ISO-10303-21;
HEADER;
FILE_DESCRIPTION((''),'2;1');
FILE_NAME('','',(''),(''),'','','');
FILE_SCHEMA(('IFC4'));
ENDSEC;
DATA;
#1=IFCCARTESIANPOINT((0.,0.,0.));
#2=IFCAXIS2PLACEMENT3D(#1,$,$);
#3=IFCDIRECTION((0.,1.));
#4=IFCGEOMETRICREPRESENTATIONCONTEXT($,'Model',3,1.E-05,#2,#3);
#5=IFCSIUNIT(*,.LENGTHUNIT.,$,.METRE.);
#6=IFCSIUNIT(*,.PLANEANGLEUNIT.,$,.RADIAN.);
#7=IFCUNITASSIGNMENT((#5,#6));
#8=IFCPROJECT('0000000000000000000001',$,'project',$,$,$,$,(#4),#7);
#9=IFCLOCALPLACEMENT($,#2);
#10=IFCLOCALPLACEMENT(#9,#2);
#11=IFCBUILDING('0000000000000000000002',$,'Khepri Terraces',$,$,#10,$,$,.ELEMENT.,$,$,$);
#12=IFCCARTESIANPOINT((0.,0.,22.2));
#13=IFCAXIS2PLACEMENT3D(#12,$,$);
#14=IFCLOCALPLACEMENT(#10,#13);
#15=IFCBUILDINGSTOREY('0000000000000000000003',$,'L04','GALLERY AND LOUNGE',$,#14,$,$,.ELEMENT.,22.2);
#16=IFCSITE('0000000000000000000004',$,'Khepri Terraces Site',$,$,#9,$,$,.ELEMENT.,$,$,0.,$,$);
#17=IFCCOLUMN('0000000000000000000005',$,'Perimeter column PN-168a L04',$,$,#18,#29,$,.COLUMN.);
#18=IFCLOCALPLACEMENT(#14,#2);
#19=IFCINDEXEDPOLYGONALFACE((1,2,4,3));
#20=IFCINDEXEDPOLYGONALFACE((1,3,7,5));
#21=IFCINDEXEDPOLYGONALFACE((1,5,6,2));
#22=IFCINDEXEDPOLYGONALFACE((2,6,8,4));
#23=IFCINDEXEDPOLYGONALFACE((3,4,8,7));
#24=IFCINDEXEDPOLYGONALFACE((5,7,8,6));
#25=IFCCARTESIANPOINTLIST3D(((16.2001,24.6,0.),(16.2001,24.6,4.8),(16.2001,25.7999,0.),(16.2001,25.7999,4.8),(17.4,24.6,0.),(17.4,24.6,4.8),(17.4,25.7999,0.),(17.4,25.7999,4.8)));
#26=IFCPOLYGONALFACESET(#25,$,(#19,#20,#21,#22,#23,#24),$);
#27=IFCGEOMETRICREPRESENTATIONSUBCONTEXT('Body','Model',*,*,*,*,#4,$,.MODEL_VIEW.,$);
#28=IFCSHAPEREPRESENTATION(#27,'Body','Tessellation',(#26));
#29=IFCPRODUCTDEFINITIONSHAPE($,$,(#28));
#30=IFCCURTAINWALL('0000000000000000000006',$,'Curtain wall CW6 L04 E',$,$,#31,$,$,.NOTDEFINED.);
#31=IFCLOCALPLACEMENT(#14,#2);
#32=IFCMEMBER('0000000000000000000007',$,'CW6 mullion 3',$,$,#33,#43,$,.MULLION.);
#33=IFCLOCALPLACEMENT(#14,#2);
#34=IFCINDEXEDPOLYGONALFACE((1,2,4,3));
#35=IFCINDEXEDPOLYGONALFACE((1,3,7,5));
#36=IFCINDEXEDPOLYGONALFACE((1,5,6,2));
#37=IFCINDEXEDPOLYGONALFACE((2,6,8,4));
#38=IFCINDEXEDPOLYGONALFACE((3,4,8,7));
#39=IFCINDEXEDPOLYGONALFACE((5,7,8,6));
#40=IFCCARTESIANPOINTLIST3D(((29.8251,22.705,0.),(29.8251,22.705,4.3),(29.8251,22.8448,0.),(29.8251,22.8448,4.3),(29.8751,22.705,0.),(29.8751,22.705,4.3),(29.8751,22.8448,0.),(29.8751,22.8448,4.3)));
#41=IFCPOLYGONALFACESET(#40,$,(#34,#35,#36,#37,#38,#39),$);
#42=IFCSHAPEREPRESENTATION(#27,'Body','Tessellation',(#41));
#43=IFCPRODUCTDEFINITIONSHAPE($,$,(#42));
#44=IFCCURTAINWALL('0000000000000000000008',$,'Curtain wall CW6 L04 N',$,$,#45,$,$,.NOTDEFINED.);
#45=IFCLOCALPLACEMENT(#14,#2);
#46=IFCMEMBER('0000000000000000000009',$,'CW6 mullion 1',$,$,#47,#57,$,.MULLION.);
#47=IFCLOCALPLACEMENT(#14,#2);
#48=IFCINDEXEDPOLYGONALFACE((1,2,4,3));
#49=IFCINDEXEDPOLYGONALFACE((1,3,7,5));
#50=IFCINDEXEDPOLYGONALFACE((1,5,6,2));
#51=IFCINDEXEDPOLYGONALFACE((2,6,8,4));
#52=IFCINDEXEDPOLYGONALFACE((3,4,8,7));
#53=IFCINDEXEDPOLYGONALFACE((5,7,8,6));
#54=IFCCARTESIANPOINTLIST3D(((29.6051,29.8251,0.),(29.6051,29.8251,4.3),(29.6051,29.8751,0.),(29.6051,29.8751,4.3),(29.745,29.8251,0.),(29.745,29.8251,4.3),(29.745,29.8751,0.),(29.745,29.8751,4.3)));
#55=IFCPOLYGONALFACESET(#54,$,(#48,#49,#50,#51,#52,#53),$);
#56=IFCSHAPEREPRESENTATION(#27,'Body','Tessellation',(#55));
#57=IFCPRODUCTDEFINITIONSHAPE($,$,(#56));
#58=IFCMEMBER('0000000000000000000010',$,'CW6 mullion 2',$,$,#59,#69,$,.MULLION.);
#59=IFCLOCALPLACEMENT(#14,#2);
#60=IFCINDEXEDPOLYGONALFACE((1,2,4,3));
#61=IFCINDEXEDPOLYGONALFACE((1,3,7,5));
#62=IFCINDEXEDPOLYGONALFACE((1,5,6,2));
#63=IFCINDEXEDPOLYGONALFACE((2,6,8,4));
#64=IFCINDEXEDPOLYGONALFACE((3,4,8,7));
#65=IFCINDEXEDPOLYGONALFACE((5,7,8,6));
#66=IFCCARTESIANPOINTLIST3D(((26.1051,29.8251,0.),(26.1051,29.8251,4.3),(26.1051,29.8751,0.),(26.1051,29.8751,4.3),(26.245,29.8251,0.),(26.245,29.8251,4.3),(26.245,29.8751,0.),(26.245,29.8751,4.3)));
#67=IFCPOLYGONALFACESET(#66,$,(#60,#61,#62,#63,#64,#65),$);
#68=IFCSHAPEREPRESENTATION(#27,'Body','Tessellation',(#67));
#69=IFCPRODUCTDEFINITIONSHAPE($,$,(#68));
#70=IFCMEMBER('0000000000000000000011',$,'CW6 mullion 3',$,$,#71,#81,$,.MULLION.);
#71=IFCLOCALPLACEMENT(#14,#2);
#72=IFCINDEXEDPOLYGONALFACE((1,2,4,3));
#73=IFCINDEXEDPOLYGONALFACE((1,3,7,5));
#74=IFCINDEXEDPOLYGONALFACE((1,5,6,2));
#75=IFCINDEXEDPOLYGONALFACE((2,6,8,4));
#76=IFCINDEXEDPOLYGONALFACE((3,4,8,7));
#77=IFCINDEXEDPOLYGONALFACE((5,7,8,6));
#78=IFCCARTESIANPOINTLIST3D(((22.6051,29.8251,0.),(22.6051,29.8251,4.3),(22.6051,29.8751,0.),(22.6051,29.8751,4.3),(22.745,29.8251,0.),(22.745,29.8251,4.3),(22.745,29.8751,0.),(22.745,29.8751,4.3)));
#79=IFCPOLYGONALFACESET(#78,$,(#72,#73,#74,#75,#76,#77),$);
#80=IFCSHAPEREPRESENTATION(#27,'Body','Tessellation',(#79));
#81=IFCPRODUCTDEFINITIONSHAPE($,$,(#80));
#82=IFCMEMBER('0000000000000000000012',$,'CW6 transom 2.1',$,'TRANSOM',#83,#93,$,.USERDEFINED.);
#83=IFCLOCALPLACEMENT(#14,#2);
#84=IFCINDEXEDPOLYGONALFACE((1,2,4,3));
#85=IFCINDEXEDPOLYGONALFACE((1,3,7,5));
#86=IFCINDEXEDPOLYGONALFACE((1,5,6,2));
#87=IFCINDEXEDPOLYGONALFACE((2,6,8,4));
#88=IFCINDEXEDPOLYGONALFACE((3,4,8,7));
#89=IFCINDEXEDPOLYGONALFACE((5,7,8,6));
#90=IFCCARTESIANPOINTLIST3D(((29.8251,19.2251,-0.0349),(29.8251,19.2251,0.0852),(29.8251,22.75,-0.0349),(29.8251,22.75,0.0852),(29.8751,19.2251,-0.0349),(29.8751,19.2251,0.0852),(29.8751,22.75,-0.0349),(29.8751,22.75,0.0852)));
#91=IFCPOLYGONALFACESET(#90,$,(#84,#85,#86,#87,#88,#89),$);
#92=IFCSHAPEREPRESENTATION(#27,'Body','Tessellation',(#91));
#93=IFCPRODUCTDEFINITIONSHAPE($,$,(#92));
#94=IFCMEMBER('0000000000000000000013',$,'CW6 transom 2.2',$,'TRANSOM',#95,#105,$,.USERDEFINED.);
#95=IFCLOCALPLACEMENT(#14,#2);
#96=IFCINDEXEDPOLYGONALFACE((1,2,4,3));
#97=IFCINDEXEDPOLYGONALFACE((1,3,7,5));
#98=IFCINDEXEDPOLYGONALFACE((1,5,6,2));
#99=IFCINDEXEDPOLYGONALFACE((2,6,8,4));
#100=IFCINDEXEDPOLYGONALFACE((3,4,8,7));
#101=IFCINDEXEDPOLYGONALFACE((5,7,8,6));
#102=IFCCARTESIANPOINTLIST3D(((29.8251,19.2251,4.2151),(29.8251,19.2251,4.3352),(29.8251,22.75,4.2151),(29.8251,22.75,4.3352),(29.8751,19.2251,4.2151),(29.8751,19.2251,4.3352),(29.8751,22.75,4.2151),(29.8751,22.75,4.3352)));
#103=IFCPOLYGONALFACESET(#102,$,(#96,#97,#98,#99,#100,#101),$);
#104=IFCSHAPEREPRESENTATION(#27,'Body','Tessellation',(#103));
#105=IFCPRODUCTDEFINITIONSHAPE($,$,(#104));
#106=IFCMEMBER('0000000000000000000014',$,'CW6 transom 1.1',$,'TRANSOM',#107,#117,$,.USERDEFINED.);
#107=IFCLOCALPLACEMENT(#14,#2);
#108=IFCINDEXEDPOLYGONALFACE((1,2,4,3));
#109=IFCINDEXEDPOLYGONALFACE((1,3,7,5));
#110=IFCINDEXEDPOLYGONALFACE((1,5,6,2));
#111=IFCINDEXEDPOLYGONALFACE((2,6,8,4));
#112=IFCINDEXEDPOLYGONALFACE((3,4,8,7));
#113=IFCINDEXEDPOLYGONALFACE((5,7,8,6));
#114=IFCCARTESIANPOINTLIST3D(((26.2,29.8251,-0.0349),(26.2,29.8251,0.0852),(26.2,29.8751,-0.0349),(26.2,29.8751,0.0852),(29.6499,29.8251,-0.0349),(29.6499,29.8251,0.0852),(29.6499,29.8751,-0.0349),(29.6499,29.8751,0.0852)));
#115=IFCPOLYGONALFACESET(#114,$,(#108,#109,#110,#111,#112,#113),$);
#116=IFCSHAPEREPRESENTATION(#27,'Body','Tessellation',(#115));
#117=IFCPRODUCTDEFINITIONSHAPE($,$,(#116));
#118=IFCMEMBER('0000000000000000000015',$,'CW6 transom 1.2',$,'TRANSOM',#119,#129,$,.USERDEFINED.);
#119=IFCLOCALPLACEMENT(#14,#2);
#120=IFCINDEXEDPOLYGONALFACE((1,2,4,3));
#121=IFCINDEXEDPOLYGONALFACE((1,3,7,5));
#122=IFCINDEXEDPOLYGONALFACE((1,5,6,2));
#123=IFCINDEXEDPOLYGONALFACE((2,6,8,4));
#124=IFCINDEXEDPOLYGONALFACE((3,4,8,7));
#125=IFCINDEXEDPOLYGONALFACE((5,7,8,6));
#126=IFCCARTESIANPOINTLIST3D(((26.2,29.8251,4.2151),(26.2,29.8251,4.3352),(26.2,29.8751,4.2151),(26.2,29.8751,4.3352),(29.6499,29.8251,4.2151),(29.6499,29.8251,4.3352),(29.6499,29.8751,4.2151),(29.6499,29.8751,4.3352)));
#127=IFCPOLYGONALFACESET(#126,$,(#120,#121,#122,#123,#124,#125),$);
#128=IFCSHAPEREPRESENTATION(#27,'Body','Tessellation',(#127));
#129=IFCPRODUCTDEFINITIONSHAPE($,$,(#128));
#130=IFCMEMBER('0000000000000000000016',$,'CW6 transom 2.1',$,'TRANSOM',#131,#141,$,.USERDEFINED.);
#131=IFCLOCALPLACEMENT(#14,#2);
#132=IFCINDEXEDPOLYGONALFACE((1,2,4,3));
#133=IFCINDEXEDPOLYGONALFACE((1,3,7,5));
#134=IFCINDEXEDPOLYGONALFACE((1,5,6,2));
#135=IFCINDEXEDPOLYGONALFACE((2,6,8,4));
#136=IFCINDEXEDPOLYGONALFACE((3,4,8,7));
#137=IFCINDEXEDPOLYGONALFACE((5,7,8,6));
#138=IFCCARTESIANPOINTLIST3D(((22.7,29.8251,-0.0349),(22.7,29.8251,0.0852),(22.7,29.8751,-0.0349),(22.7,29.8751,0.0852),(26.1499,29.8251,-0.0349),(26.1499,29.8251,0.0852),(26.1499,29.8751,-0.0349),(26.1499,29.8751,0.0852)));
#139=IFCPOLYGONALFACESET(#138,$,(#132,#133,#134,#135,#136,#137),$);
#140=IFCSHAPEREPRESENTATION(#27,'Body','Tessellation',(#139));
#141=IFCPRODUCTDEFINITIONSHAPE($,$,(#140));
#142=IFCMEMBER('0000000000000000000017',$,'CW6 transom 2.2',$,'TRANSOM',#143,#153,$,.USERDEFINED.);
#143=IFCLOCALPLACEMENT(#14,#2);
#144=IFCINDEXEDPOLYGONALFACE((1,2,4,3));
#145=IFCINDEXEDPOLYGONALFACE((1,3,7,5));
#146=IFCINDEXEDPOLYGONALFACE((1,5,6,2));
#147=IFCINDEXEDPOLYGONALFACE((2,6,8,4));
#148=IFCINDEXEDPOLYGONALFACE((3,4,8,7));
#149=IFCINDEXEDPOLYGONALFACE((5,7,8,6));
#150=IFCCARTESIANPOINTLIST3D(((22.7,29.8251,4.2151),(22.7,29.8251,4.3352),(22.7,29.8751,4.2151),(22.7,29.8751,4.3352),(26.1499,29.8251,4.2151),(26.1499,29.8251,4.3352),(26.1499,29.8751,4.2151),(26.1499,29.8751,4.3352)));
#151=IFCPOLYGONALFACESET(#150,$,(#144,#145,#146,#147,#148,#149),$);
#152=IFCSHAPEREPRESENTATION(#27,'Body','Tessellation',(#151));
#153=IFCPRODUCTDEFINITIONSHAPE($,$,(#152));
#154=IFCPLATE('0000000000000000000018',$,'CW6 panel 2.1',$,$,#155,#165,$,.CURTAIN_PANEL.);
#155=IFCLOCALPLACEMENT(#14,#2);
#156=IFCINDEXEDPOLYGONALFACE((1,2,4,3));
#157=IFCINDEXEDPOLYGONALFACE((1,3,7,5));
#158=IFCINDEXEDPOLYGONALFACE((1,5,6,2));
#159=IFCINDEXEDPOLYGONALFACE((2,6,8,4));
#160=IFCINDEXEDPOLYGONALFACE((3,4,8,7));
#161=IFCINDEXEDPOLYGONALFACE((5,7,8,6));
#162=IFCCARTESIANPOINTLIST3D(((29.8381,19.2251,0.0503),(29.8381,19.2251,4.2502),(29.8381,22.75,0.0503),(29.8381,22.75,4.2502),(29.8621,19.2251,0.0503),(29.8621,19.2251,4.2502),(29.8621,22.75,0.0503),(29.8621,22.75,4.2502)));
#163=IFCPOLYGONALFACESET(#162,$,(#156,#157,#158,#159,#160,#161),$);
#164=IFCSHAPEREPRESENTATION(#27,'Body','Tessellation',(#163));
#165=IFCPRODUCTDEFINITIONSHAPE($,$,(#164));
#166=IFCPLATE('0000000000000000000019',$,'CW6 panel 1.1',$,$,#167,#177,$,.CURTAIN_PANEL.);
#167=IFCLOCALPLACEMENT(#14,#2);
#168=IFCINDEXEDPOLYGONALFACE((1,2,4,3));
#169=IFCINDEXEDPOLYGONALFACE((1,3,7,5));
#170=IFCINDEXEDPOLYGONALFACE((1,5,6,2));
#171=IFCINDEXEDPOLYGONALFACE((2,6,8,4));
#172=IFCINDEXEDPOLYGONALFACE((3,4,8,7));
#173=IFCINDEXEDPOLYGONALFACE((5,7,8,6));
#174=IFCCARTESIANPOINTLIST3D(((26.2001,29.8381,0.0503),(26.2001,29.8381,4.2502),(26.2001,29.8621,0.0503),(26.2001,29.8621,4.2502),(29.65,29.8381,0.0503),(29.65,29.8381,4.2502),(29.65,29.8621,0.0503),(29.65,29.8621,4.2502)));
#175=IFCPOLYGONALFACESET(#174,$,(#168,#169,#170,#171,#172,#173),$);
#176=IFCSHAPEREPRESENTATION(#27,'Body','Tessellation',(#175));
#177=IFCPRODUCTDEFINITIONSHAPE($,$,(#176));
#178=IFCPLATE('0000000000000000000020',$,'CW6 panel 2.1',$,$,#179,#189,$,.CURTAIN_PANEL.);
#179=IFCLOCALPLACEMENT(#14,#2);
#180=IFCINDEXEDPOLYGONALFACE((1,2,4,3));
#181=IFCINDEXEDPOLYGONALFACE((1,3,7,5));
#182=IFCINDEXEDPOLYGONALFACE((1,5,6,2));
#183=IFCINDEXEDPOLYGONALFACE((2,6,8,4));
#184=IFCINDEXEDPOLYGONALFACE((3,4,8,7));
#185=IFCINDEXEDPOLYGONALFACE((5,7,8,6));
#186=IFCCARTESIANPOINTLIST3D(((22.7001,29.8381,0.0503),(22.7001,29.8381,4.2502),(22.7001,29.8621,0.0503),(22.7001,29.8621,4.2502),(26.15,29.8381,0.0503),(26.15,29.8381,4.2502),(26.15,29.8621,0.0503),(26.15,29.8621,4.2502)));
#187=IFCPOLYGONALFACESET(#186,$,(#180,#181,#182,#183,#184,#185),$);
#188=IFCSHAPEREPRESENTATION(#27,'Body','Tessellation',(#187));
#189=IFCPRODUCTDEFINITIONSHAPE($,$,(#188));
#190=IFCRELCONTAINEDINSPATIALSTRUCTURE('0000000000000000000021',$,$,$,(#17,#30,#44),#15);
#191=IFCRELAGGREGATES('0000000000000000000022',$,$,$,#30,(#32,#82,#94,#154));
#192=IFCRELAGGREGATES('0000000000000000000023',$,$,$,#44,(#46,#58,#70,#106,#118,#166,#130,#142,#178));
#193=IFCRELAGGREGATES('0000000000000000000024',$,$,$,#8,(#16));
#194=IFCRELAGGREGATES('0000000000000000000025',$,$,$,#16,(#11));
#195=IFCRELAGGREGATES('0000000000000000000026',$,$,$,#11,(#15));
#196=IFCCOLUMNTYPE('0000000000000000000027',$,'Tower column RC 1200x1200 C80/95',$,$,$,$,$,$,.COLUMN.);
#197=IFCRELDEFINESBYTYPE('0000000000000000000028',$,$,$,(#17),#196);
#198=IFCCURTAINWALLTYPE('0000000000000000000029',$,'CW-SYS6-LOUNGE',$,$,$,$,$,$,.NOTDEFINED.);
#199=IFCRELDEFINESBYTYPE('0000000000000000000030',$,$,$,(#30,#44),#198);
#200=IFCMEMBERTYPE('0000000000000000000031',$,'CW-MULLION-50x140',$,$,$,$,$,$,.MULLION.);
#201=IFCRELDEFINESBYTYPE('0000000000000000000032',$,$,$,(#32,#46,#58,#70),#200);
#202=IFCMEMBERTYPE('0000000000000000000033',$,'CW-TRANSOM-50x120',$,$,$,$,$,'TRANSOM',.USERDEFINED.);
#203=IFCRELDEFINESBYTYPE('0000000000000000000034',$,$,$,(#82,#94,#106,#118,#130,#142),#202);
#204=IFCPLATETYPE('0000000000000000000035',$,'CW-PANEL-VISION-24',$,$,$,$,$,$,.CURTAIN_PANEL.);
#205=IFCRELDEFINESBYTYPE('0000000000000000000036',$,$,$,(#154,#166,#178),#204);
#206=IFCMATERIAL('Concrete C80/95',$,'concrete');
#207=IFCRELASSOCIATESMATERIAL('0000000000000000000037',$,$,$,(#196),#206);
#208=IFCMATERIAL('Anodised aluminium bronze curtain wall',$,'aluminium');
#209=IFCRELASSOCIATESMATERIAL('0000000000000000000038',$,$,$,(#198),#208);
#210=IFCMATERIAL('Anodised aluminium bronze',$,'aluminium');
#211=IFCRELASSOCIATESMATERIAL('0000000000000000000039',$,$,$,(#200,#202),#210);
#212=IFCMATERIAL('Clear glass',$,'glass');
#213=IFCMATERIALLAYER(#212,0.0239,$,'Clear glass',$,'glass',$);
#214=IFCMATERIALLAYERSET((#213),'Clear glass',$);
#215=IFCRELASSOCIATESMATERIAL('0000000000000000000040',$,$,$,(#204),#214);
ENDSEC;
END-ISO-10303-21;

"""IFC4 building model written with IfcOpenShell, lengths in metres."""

from ifc_helpers import new_model, si_unit, direction, frame, origin, origin_2d, place, context, subcontext, project, spatial, rectangle, extrude, material, layer, layer_set, material_profile, profile_set, type_object, element, aggregate, save


model = new_model("IFC4")

# Units and contexts
model_context = context("Model", 3, precision=1e-05, world=origin(), true_north=direction((0.0, 1.0)))
body_context = subcontext(model_context, "Body", "Model", "MODEL_VIEW")
ifc_project = project(units=[si_unit("LENGTHUNIT", "METRE"), si_unit("PLANEANGLEUNIT", "RADIAN")], contexts=[model_context])

# Site, building, storey
site_placement = place(None, origin())
site = spatial("IfcSite", under=ifc_project, at=site_placement, Name="Khepri Terraces Site", CompositionType="ELEMENT", RefElevation=0.0)
building_placement = place(site_placement, origin())
building = spatial("IfcBuilding", under=site, at=building_placement, Name="Khepri Terraces", CompositionType="ELEMENT")
storey_placement = place(building_placement, frame((0.0, 0.0, 22.2)))
storey = spatial("IfcBuildingStorey", under=building, at=storey_placement, Name="L04", Description="GALLERY AND LOUNGE", CompositionType="ELEMENT", Elevation=22.2)

# Column
ifc_material_1 = material(Name="Concrete C80/95", Category="concrete")
ifc_material_profile_1 = material_profile(ifc_material_1, rectangle(XDim=1.2, YDim=1.2, at=origin_2d()), Name="Concrete C80/95", Category="concrete")
ifc_profile_set_1 = profile_set([ifc_material_profile_1], Name="Concrete C80/95")
column_type = type_object("IfcColumnType", Name="Tower column RC 1200x1200 C80/95", PredefinedType="COLUMN", material=ifc_profile_set_1)
column_placement = place(storey_placement, frame((16.8, 25.2, 0.0), z_axis=(0.0, 0.0, 1.0), x_axis=(1.0, 0.0, 0.0)))
element("IfcColumn", 1, at=column_placement, inside=storey, type_object=column_type, Name="Perimeter column PN-168a L04", PredefinedType="COLUMN", context=body_context, shape_type="SweptSolid", body=[
    extrude(rectangle(XDim=1.2, YDim=1.2, at=origin_2d()), origin(), (0.0, 0.0, 1.0), 4.8),
])

# Curtain wall, member
ifc_material_2 = material(Name="Anodised aluminium bronze curtain wall", Category="aluminium")
curtain_wall_type = type_object("IfcCurtainWallType", Name="CW-SYS6-LOUNGE", PredefinedType="NOTDEFINED", material=ifc_material_2)
curtain_wall_1_placement = place(storey_placement, origin())
curtain_wall_1 = element("IfcCurtainWall", 2, at=curtain_wall_1_placement, inside=storey, type_object=curtain_wall_type, Name="Curtain wall CW6 L04 E", PredefinedType="NOTDEFINED")
ifc_material_3 = material(Name="Anodised aluminium bronze", Category="aluminium")
ifc_material_profile_2 = material_profile(ifc_material_3, rectangle(XDim=0.05, YDim=0.1399, at=origin_2d()), Name="Anodised aluminium bronze", Category="aluminium")
ifc_profile_set_2 = profile_set([ifc_material_profile_2], Name="Anodised aluminium bronze")
member_type_1 = type_object("IfcMemberType", Name="CW-MULLION-50x140", PredefinedType="MULLION", material=ifc_profile_set_2)
member_1_placement = place(storey_placement, frame((29.8501, 22.7749, 0.0), z_axis=(0.0, 0.0, 1.0), x_axis=(-1.0, 0.0, 0.0)))
member_1 = element("IfcMember", 3, at=member_1_placement, type_object=member_type_1, Name="CW6 mullion 3", PredefinedType="MULLION", context=body_context, shape_type="SweptSolid", body=[
    extrude(rectangle(XDim=0.05, YDim=0.1399, at=origin_2d()), origin(), (0.0, 0.0, 1.0), 4.3),
])

# Curtain wall, members
curtain_wall_2_placement = place(storey_placement, origin())
curtain_wall_2 = element("IfcCurtainWall", 4, at=curtain_wall_2_placement, inside=storey, type_object=curtain_wall_type, Name="Curtain wall CW6 L04 N", PredefinedType="NOTDEFINED")
member_2_placement = place(storey_placement, frame((29.675, 29.8501, 0.0), z_axis=(0.0, 0.0, 1.0), x_axis=(0.0, -1.0, 0.0)))
member_2 = element("IfcMember", 5, at=member_2_placement, type_object=member_type_1, Name="CW6 mullion 1", PredefinedType="MULLION", context=body_context, shape_type="SweptSolid", body=[
    extrude(rectangle(XDim=0.05, YDim=0.1399, at=origin_2d()), origin(), (0.0, 0.0, 1.0), 4.3),
])
member_3_placement = place(storey_placement, frame((26.175, 29.8501, 0.0), z_axis=(0.0, 0.0, 1.0), x_axis=(0.0, -1.0, 0.0)))
member_3 = element("IfcMember", 6, at=member_3_placement, type_object=member_type_1, Name="CW6 mullion 2", PredefinedType="MULLION", context=body_context, shape_type="SweptSolid", body=[
    extrude(rectangle(XDim=0.05, YDim=0.1399, at=origin_2d()), origin(), (0.0, 0.0, 1.0), 4.3),
])
member_4_placement = place(storey_placement, frame((22.675, 29.8501, 0.0), z_axis=(0.0, 0.0, 1.0), x_axis=(0.0, -1.0, 0.0)))
member_4 = element("IfcMember", 7, at=member_4_placement, type_object=member_type_1, Name="CW6 mullion 3", PredefinedType="MULLION", context=body_context, shape_type="SweptSolid", body=[
    extrude(rectangle(XDim=0.05, YDim=0.1399, at=origin_2d()), origin(), (0.0, 0.0, 1.0), 4.3),
])

# Members
ifc_material_profile_3 = material_profile(ifc_material_3, rectangle(XDim=0.05, YDim=0.1201, at=origin_2d()), Name="Anodised aluminium bronze", Category="aluminium")
ifc_profile_set_3 = profile_set([ifc_material_profile_3], Name="Anodised aluminium bronze")
member_type_2 = type_object("IfcMemberType", Name="CW-TRANSOM-50x120", ElementType="TRANSOM", PredefinedType="USERDEFINED", material=ifc_profile_set_3)
member_5_placement = place(storey_placement, frame((29.8501, 19.2251, 0.0251), z_axis=(0.0, 1.0, 0.0), x_axis=(-1.0, 0.0, 0.0)))
member_5 = element("IfcMember", 8, at=member_5_placement, type_object=member_type_2, Name="CW6 transom 2.1", ObjectType="TRANSOM", PredefinedType="USERDEFINED", context=body_context, shape_type="SweptSolid", body=[
    extrude(rectangle(XDim=0.05, YDim=0.1201, at=origin_2d()), origin(), (0.0, 0.0, 1.0), 3.5249),
])
member_6_placement = place(storey_placement, frame((29.8501, 19.2251, 4.2751), z_axis=(0.0, 1.0, 0.0), x_axis=(-1.0, 0.0, 0.0)))
member_6 = element("IfcMember", 9, at=member_6_placement, type_object=member_type_2, Name="CW6 transom 2.2", ObjectType="TRANSOM", PredefinedType="USERDEFINED", context=body_context, shape_type="SweptSolid", body=[
    extrude(rectangle(XDim=0.05, YDim=0.1201, at=origin_2d()), origin(), (0.0, 0.0, 1.0), 3.5249),
])
member_7_placement = place(storey_placement, frame((29.6499, 29.8501, 0.0251), z_axis=(-1.0, 0.0, 0.0), x_axis=(0.0, -1.0, 0.0)))
member_7 = element("IfcMember", 10, at=member_7_placement, type_object=member_type_2, Name="CW6 transom 1.1", ObjectType="TRANSOM", PredefinedType="USERDEFINED", context=body_context, shape_type="SweptSolid", body=[
    extrude(rectangle(XDim=0.05, YDim=0.1201, at=origin_2d()), origin(), (0.0, 0.0, 1.0), 3.45),
])
member_8_placement = place(storey_placement, frame((29.6499, 29.8501, 4.2751), z_axis=(-1.0, 0.0, 0.0), x_axis=(0.0, -1.0, 0.0)))
member_8 = element("IfcMember", 11, at=member_8_placement, type_object=member_type_2, Name="CW6 transom 1.2", ObjectType="TRANSOM", PredefinedType="USERDEFINED", context=body_context, shape_type="SweptSolid", body=[
    extrude(rectangle(XDim=0.05, YDim=0.1201, at=origin_2d()), origin(), (0.0, 0.0, 1.0), 3.45),
])
member_9_placement = place(storey_placement, frame((26.1499, 29.8501, 0.0251), z_axis=(-1.0, 0.0, 0.0), x_axis=(0.0, -1.0, 0.0)))
member_9 = element("IfcMember", 12, at=member_9_placement, type_object=member_type_2, Name="CW6 transom 2.1", ObjectType="TRANSOM", PredefinedType="USERDEFINED", context=body_context, shape_type="SweptSolid", body=[
    extrude(rectangle(XDim=0.05, YDim=0.1201, at=origin_2d()), origin(), (0.0, 0.0, 1.0), 3.45),
])
member_10_placement = place(storey_placement, frame((26.1499, 29.8501, 4.2751), z_axis=(-1.0, 0.0, 0.0), x_axis=(0.0, -1.0, 0.0)))
member_10 = element("IfcMember", 13, at=member_10_placement, type_object=member_type_2, Name="CW6 transom 2.2", ObjectType="TRANSOM", PredefinedType="USERDEFINED", context=body_context, shape_type="SweptSolid", body=[
    extrude(rectangle(XDim=0.05, YDim=0.1201, at=origin_2d()), origin(), (0.0, 0.0, 1.0), 3.45),
])

# Plates
ifc_material_4 = material(Name="Clear glass", Category="glass")
ifc_layer_1 = layer(ifc_material_4, 0.0239, Name="Clear glass", Category="glass")
ifc_layer_set_1 = layer_set([ifc_layer_1], Name="Clear glass")
plate_type = type_object("IfcPlateType", Name="CW-PANEL-VISION-24", PredefinedType="CURTAIN_PANEL", material=ifc_layer_set_1)
plate_1_placement = place(storey_placement, frame((29.8501, 20.9875, 0.0503), z_axis=(0.0, 0.0, 1.0), x_axis=(0.0, 1.0, 0.0)))
plate_1 = element("IfcPlate", 14, at=plate_1_placement, type_object=plate_type, Name="CW6 panel 2.1", PredefinedType="CURTAIN_PANEL", context=body_context, shape_type="SweptSolid", body=[
    extrude(rectangle(XDim=3.5249, YDim=0.0239, at=origin_2d()), origin(), (0.0, 0.0, 1.0), 4.2),
])
aggregate(curtain_wall_1, [member_1, member_5, member_6, plate_1])
plate_2_placement = place(storey_placement, frame((27.925, 29.8501, 0.0503), z_axis=(0.0, 0.0, 1.0), x_axis=(-1.0, 0.0, 0.0)))
plate_2 = element("IfcPlate", 15, at=plate_2_placement, type_object=plate_type, Name="CW6 panel 1.1", PredefinedType="CURTAIN_PANEL", context=body_context, shape_type="SweptSolid", body=[
    extrude(rectangle(XDim=3.45, YDim=0.0239, at=origin_2d()), origin(), (0.0, 0.0, 1.0), 4.2),
])
plate_3_placement = place(storey_placement, frame((24.425, 29.8501, 0.0503), z_axis=(0.0, 0.0, 1.0), x_axis=(-1.0, 0.0, 0.0)))
plate_3 = element("IfcPlate", 16, at=plate_3_placement, type_object=plate_type, Name="CW6 panel 2.1", PredefinedType="CURTAIN_PANEL", context=body_context, shape_type="SweptSolid", body=[
    extrude(rectangle(XDim=3.45, YDim=0.0239, at=origin_2d()), origin(), (0.0, 0.0, 1.0), 4.2),
])
aggregate(curtain_wall_2, [member_2, member_3, member_4, member_7, member_8, plate_2, member_9, member_10, plate_3])

save(model, "model.ifc")
